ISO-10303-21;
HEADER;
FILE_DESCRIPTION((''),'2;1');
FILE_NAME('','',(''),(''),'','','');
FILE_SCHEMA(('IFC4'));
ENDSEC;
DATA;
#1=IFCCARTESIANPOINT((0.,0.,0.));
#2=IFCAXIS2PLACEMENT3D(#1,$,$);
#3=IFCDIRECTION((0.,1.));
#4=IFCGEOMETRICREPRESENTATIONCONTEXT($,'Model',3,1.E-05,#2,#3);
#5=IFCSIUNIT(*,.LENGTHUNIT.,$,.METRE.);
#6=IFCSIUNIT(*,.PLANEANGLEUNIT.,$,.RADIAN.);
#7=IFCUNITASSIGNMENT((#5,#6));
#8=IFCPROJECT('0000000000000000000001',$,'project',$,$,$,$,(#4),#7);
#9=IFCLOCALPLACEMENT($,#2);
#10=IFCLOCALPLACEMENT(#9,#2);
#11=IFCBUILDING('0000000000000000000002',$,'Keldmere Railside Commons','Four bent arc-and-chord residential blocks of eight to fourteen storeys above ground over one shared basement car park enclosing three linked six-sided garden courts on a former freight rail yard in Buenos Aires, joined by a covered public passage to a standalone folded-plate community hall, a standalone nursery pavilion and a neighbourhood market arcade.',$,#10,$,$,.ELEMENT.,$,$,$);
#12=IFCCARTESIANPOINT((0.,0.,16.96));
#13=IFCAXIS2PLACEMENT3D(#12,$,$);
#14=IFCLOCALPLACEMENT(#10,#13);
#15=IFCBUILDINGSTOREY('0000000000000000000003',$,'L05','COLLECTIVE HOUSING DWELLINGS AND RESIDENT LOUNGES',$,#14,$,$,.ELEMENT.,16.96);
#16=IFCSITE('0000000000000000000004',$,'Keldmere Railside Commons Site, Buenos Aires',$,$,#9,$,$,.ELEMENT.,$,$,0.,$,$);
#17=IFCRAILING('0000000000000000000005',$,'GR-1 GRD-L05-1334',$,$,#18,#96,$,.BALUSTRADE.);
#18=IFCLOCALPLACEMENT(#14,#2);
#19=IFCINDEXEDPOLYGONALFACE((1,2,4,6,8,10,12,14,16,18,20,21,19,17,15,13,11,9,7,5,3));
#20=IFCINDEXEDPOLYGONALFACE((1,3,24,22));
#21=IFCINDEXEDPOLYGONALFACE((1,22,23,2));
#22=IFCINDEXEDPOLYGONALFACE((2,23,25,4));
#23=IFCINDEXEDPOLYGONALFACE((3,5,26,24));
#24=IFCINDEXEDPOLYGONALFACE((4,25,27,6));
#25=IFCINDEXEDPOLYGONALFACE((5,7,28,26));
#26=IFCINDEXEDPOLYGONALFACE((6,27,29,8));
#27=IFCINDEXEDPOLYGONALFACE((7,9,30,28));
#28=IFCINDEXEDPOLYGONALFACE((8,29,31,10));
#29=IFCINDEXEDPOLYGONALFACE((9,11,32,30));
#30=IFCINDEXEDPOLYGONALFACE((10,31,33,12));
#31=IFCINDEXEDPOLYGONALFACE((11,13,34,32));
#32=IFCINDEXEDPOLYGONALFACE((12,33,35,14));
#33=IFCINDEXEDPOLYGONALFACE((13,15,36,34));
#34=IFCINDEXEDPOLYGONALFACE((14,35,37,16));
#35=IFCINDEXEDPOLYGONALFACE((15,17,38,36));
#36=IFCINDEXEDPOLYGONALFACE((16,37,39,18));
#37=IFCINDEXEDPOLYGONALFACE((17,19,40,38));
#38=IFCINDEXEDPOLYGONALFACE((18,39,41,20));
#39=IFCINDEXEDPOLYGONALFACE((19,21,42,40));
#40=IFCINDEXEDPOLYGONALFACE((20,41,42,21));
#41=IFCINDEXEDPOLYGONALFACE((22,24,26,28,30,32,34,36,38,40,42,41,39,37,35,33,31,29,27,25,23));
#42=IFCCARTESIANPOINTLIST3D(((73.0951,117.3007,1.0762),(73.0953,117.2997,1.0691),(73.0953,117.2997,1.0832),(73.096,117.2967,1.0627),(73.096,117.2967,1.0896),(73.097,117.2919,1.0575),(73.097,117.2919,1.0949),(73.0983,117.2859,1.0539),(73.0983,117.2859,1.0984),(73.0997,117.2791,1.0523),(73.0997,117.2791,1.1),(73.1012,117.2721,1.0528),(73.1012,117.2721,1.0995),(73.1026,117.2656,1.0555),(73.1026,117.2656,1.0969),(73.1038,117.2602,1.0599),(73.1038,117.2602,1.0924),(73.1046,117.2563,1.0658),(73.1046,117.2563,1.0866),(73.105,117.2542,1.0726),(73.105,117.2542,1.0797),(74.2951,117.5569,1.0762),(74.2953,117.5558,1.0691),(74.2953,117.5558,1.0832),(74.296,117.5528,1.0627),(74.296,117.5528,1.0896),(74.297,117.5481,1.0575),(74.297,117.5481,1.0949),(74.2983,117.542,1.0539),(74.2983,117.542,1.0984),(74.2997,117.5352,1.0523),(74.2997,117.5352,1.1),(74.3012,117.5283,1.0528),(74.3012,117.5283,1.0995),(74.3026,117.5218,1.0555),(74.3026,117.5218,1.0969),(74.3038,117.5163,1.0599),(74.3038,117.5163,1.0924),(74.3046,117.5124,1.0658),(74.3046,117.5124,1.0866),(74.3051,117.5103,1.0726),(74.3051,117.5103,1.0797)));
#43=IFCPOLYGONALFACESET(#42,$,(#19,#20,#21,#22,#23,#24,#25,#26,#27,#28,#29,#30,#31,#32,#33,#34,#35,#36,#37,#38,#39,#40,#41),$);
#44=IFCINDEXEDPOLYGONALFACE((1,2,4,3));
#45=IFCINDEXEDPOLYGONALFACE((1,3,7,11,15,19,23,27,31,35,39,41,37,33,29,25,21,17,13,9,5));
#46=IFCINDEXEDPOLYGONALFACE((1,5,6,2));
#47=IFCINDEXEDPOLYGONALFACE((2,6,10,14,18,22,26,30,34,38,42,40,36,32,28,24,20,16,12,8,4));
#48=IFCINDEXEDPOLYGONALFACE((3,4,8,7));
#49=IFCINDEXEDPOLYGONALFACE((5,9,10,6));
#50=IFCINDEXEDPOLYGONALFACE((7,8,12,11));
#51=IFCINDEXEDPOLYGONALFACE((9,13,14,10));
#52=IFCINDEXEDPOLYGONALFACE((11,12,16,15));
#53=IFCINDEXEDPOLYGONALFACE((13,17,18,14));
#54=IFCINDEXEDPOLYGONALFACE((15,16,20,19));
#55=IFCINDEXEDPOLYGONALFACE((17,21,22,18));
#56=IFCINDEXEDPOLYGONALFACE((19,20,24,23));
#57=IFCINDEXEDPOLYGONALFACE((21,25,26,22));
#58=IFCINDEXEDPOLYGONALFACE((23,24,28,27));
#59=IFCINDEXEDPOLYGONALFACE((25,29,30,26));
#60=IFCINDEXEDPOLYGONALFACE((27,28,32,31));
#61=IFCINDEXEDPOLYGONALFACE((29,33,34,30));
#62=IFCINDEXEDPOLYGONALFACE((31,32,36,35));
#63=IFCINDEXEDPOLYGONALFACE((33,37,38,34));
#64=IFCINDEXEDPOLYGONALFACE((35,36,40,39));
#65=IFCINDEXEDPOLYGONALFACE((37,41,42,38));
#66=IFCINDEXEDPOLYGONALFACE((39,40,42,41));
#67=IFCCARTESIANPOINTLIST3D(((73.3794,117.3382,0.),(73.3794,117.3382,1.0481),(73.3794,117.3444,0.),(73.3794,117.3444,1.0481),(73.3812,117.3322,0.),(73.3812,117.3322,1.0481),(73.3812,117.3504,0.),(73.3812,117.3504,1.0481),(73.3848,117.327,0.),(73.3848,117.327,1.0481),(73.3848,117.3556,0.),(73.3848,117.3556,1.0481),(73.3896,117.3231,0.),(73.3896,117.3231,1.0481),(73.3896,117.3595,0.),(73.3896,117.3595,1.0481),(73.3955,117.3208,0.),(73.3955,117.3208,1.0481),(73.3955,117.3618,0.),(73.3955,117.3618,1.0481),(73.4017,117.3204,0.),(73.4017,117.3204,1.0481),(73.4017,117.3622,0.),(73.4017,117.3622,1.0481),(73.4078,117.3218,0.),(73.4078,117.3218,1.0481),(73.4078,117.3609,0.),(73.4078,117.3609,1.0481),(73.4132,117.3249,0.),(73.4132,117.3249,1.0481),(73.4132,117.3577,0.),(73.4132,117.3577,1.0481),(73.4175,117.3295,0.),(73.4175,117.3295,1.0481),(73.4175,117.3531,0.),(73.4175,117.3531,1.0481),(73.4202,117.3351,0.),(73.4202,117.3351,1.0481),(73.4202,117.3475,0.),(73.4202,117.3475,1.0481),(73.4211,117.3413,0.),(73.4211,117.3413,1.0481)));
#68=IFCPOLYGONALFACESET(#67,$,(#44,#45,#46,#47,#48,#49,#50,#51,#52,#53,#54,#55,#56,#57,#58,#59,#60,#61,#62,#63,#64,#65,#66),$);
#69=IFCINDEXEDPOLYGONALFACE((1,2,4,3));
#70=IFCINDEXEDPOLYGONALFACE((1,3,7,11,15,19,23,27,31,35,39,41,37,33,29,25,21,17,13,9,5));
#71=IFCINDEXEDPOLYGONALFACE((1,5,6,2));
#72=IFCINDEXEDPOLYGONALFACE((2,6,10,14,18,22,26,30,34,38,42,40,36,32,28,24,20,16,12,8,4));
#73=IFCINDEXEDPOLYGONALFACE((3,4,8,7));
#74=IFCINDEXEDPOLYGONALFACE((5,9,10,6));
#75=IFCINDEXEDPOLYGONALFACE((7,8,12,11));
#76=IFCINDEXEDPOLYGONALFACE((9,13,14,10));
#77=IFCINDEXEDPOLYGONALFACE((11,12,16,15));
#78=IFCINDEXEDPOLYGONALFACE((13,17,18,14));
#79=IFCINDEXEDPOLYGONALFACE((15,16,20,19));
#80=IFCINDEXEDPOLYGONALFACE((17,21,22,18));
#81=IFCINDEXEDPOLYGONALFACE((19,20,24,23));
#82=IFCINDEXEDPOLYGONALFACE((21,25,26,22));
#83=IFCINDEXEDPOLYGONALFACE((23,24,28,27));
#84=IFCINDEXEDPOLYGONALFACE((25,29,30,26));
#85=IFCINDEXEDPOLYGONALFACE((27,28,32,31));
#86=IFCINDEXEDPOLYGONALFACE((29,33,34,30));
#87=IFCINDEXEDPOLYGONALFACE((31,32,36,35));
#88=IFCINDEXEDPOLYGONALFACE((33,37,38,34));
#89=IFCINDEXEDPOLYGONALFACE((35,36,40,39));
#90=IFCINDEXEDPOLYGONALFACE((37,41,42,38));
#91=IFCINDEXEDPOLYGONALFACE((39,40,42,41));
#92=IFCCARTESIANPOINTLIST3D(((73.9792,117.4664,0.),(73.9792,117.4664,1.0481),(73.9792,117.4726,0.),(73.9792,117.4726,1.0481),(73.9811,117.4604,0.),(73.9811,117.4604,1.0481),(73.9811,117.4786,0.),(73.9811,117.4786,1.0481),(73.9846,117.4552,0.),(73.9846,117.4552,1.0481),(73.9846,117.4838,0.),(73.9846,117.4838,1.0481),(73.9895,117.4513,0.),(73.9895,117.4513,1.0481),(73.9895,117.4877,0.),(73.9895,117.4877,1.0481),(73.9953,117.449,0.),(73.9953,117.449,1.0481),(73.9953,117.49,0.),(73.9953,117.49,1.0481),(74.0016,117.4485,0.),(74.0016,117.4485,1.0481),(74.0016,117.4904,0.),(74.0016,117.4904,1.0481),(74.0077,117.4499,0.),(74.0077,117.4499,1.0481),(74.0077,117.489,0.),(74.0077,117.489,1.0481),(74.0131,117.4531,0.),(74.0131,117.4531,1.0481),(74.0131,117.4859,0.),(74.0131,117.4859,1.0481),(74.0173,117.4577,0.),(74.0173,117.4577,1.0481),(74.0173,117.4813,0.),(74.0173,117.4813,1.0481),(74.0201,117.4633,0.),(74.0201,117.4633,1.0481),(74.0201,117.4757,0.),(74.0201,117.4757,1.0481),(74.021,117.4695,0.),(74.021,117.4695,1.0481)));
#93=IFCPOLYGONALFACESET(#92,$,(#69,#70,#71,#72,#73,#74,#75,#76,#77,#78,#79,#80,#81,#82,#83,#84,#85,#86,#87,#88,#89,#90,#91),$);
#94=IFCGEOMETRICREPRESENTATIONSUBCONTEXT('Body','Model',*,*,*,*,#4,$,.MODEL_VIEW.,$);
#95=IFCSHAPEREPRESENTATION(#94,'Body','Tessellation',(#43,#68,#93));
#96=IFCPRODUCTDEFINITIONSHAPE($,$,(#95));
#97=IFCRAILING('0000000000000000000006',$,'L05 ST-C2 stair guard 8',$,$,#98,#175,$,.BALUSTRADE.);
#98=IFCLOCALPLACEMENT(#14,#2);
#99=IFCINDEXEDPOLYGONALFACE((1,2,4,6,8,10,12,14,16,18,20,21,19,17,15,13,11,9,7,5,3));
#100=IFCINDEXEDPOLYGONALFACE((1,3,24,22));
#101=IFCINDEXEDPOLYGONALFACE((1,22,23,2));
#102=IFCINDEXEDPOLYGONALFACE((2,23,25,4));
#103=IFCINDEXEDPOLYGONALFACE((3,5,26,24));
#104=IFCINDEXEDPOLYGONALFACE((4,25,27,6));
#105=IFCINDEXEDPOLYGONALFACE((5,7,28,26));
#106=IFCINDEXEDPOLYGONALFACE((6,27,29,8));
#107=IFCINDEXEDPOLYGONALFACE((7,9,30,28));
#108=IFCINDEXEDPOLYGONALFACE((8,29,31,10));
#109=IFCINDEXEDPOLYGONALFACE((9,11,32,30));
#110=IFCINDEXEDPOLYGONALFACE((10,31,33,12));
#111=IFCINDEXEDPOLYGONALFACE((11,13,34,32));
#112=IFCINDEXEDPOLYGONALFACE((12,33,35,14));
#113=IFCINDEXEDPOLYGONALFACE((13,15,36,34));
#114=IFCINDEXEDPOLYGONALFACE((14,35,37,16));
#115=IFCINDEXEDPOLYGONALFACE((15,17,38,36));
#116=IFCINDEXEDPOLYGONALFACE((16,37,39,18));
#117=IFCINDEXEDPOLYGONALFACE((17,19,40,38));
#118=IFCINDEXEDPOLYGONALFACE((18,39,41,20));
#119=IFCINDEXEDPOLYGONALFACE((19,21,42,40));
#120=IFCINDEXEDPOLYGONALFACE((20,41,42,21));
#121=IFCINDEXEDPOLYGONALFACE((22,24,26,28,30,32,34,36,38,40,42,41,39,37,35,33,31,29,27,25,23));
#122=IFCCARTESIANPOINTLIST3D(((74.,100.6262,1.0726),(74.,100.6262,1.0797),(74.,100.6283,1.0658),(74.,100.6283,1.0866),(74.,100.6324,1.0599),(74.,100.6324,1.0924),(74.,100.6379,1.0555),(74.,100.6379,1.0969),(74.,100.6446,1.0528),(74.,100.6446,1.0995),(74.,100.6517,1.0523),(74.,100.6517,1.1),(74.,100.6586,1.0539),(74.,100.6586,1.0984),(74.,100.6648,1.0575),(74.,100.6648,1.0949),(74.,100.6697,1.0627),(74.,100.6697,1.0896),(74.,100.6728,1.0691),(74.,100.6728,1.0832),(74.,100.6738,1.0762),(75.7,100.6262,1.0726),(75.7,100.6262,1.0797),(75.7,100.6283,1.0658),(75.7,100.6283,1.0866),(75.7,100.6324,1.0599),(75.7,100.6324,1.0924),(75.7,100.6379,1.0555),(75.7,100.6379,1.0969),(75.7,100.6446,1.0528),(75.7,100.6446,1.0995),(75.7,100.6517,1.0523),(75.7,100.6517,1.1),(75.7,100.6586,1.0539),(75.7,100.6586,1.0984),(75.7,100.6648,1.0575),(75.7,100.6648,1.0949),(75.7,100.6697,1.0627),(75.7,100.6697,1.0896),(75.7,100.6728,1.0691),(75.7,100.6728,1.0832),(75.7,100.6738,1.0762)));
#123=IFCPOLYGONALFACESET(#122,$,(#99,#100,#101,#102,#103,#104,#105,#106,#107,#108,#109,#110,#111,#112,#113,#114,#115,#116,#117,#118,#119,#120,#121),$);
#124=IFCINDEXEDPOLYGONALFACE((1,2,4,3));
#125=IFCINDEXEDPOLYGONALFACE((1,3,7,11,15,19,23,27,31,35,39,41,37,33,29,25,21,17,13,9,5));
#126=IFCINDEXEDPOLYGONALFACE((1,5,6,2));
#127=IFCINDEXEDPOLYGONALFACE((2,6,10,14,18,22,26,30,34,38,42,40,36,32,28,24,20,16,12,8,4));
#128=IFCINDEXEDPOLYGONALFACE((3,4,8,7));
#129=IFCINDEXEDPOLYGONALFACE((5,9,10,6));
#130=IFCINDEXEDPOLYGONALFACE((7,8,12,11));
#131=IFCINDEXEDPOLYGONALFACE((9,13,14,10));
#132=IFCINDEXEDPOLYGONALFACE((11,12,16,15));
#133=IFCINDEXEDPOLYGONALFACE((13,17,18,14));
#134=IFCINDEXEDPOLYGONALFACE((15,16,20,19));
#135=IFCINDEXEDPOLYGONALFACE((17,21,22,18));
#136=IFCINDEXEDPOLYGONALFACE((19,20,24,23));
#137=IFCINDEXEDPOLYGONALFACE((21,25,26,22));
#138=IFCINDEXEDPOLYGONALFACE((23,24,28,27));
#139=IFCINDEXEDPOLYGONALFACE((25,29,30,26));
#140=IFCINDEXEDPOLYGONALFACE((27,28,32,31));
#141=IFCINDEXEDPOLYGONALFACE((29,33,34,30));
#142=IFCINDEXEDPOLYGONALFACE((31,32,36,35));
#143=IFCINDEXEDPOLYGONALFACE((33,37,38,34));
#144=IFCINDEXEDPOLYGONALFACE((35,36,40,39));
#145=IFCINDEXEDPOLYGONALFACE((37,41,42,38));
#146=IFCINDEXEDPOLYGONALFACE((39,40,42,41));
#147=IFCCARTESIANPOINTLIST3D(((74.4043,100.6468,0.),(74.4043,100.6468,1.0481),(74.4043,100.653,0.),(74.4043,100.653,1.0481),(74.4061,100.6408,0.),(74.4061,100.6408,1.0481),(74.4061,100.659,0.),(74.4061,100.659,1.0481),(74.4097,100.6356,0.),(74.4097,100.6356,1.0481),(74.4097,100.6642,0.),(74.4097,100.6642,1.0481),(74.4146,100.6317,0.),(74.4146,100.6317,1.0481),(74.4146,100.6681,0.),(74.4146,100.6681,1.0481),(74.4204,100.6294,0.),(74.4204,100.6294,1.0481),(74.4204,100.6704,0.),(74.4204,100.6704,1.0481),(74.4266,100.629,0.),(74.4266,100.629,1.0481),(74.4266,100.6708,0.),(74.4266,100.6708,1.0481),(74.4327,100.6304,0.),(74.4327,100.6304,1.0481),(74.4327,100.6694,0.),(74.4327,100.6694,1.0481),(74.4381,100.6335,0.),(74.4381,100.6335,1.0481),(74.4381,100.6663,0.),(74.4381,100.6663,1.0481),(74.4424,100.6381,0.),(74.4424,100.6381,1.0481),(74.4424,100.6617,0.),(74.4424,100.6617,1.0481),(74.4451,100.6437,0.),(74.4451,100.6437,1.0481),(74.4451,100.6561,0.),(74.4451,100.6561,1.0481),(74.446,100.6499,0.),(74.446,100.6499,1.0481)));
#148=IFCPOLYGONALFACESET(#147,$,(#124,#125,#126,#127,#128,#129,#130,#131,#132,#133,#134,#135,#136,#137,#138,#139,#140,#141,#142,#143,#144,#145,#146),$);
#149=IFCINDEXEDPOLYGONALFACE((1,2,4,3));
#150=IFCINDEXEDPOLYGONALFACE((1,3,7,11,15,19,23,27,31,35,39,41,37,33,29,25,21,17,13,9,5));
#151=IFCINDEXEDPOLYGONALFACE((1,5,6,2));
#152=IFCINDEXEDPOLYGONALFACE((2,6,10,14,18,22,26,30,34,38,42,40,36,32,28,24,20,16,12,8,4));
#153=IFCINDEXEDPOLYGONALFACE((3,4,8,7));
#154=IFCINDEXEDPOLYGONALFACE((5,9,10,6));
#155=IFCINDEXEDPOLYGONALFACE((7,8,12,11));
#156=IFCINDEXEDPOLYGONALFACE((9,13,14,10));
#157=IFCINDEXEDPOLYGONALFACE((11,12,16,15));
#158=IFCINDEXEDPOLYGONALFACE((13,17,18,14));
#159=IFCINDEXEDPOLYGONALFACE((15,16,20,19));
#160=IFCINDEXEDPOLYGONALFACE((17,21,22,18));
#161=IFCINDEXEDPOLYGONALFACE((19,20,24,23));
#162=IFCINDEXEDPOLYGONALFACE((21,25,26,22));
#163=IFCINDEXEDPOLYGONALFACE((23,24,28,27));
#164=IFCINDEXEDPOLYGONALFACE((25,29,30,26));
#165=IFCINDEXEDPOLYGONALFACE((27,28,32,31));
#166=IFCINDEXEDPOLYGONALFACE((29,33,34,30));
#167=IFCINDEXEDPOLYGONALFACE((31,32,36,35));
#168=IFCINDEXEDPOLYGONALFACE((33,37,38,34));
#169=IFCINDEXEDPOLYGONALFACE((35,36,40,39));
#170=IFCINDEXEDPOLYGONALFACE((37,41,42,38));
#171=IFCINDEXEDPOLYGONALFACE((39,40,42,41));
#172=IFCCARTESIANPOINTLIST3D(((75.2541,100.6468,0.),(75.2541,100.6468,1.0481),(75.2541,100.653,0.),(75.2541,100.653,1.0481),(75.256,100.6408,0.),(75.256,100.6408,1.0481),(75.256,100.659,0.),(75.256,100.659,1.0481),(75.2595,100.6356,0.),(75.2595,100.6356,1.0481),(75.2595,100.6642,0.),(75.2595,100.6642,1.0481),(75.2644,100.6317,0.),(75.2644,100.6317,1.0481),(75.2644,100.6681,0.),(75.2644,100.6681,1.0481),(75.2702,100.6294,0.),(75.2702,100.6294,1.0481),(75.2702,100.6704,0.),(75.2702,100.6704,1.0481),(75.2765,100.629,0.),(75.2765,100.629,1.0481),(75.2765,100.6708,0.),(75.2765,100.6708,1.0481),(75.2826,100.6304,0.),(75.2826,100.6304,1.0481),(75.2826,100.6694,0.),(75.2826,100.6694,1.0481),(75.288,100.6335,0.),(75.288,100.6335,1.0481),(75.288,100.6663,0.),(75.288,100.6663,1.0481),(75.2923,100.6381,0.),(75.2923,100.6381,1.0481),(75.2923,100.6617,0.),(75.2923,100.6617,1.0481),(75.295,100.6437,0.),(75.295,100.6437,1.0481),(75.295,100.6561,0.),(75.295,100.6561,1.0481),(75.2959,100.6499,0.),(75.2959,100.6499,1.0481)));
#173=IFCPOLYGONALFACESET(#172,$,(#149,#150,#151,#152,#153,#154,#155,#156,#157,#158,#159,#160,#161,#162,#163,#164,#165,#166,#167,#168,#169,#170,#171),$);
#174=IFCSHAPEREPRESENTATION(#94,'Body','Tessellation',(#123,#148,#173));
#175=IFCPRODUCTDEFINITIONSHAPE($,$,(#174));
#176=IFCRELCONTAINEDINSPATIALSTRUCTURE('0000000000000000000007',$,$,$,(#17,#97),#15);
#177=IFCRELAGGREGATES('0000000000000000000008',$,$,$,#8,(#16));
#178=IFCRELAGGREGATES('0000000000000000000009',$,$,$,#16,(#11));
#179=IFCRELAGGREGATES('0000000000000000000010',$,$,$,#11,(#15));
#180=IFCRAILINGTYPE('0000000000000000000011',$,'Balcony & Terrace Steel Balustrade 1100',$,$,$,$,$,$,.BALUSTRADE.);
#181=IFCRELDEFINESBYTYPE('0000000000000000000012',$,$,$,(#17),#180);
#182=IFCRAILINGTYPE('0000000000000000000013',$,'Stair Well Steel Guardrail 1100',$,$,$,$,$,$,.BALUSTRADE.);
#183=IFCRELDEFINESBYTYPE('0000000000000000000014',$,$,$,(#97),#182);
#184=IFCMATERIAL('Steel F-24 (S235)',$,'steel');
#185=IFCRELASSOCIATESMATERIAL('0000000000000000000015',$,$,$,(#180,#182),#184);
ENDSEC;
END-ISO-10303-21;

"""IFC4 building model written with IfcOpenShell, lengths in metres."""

from ifc_helpers import new_model, si_unit, direction, frame, origin, origin_2d, place, context, subcontext, project, spatial, circle, extrude, material, type_object, element, save


model = new_model("IFC4")

# Units and contexts
model_context = context("Model", 3, precision=1e-05, world=origin(), true_north=direction((0.0, 1.0)))
body_context = subcontext(model_context, "Body", "Model", "MODEL_VIEW")
ifc_project = project(units=[si_unit("LENGTHUNIT", "METRE"), si_unit("PLANEANGLEUNIT", "RADIAN")], contexts=[model_context])

# Site, building, storey
site_placement = place(None, origin())
site = spatial("IfcSite", under=ifc_project, at=site_placement, Name="Keldmere Railside Commons Site, Buenos Aires", CompositionType="ELEMENT", RefElevation=0.0)
building_placement = place(site_placement, origin())
building = spatial("IfcBuilding", under=site, at=building_placement, Name="Keldmere Railside Commons", Description="Four bent arc-and-chord residential blocks of eight to fourteen storeys above ground over one shared basement car park enclosing three linked six-sided garden courts on a former freight rail yard in Buenos Aires, joined by a covered public passage to a standalone folded-plate community hall, a standalone nursery pavilion and a neighbourhood market arcade.", CompositionType="ELEMENT")
storey_placement = place(building_placement, frame((0.0, 0.0, 16.96)))
storey = spatial("IfcBuildingStorey", under=building, at=storey_placement, Name="L05", Description="COLLECTIVE HOUSING DWELLINGS AND RESIDENT LOUNGES", CompositionType="ELEMENT", Elevation=16.96)

# Railings
ifc_material_1 = material(Name="Steel F-24 (S235)", Category="steel")
railing_type_1 = type_object("IfcRailingType", Name="Balcony & Terrace Steel Balustrade 1100", PredefinedType="BALUSTRADE", material=ifc_material_1)
railing_1_placement = place(storey_placement, frame((73.1001, 117.2773, 0.0)))
element("IfcRailing", 1, at=railing_1_placement, inside=storey, type_object=railing_type_1, Name="GR-1 GRD-L05-1334", PredefinedType="BALUSTRADE", context=body_context, shape_type="SweptSolid", body=[
    extrude(circle(Radius=0.0239, at=origin_2d()), frame((0.0, 0.0, 1.0762), z_axis=(0.977974, 0.208727, 0.0), x_axis=(-0.208727, 0.977974, 0.0)), (0.0, 0.0, 1.0), 1.2271),
    extrude(circle(Radius=0.021, at=origin_2d()), frame((0.3, 0.064, 0.0)), (0.0, 0.0, 1.0), 1.0481),
    extrude(circle(Radius=0.021, at=origin_2d()), frame((0.8999, 0.1921, 0.0)), (0.0, 0.0, 1.0), 1.0481),
])
railing_type_2 = type_object("IfcRailingType", Name="Stair Well Steel Guardrail 1100", PredefinedType="BALUSTRADE", material=ifc_material_1)
railing_2_placement = place(storey_placement, frame((74.0, 100.6499, 0.0)))
element("IfcRailing", 2, at=railing_2_placement, inside=storey, type_object=railing_type_2, Name="L05 ST-C2 stair guard 8", PredefinedType="BALUSTRADE", context=body_context, shape_type="SweptSolid", body=[
    extrude(circle(Radius=0.0239, at=origin_2d()), frame((0.0, 0.0, 1.0762), z_axis=(1.0, 0.0, 0.0), x_axis=(0.0, 1.0, 0.0)), (0.0, 0.0, 1.0), 1.7),
    extrude(circle(Radius=0.021, at=origin_2d()), frame((0.425, 0.0, 0.0)), (0.0, 0.0, 1.0), 1.0481),
    extrude(circle(Radius=0.021, at=origin_2d()), frame((1.2749, 0.0, 0.0)), (0.0, 0.0, 1.0), 1.0481),
])

save(model, "model.ifc")
